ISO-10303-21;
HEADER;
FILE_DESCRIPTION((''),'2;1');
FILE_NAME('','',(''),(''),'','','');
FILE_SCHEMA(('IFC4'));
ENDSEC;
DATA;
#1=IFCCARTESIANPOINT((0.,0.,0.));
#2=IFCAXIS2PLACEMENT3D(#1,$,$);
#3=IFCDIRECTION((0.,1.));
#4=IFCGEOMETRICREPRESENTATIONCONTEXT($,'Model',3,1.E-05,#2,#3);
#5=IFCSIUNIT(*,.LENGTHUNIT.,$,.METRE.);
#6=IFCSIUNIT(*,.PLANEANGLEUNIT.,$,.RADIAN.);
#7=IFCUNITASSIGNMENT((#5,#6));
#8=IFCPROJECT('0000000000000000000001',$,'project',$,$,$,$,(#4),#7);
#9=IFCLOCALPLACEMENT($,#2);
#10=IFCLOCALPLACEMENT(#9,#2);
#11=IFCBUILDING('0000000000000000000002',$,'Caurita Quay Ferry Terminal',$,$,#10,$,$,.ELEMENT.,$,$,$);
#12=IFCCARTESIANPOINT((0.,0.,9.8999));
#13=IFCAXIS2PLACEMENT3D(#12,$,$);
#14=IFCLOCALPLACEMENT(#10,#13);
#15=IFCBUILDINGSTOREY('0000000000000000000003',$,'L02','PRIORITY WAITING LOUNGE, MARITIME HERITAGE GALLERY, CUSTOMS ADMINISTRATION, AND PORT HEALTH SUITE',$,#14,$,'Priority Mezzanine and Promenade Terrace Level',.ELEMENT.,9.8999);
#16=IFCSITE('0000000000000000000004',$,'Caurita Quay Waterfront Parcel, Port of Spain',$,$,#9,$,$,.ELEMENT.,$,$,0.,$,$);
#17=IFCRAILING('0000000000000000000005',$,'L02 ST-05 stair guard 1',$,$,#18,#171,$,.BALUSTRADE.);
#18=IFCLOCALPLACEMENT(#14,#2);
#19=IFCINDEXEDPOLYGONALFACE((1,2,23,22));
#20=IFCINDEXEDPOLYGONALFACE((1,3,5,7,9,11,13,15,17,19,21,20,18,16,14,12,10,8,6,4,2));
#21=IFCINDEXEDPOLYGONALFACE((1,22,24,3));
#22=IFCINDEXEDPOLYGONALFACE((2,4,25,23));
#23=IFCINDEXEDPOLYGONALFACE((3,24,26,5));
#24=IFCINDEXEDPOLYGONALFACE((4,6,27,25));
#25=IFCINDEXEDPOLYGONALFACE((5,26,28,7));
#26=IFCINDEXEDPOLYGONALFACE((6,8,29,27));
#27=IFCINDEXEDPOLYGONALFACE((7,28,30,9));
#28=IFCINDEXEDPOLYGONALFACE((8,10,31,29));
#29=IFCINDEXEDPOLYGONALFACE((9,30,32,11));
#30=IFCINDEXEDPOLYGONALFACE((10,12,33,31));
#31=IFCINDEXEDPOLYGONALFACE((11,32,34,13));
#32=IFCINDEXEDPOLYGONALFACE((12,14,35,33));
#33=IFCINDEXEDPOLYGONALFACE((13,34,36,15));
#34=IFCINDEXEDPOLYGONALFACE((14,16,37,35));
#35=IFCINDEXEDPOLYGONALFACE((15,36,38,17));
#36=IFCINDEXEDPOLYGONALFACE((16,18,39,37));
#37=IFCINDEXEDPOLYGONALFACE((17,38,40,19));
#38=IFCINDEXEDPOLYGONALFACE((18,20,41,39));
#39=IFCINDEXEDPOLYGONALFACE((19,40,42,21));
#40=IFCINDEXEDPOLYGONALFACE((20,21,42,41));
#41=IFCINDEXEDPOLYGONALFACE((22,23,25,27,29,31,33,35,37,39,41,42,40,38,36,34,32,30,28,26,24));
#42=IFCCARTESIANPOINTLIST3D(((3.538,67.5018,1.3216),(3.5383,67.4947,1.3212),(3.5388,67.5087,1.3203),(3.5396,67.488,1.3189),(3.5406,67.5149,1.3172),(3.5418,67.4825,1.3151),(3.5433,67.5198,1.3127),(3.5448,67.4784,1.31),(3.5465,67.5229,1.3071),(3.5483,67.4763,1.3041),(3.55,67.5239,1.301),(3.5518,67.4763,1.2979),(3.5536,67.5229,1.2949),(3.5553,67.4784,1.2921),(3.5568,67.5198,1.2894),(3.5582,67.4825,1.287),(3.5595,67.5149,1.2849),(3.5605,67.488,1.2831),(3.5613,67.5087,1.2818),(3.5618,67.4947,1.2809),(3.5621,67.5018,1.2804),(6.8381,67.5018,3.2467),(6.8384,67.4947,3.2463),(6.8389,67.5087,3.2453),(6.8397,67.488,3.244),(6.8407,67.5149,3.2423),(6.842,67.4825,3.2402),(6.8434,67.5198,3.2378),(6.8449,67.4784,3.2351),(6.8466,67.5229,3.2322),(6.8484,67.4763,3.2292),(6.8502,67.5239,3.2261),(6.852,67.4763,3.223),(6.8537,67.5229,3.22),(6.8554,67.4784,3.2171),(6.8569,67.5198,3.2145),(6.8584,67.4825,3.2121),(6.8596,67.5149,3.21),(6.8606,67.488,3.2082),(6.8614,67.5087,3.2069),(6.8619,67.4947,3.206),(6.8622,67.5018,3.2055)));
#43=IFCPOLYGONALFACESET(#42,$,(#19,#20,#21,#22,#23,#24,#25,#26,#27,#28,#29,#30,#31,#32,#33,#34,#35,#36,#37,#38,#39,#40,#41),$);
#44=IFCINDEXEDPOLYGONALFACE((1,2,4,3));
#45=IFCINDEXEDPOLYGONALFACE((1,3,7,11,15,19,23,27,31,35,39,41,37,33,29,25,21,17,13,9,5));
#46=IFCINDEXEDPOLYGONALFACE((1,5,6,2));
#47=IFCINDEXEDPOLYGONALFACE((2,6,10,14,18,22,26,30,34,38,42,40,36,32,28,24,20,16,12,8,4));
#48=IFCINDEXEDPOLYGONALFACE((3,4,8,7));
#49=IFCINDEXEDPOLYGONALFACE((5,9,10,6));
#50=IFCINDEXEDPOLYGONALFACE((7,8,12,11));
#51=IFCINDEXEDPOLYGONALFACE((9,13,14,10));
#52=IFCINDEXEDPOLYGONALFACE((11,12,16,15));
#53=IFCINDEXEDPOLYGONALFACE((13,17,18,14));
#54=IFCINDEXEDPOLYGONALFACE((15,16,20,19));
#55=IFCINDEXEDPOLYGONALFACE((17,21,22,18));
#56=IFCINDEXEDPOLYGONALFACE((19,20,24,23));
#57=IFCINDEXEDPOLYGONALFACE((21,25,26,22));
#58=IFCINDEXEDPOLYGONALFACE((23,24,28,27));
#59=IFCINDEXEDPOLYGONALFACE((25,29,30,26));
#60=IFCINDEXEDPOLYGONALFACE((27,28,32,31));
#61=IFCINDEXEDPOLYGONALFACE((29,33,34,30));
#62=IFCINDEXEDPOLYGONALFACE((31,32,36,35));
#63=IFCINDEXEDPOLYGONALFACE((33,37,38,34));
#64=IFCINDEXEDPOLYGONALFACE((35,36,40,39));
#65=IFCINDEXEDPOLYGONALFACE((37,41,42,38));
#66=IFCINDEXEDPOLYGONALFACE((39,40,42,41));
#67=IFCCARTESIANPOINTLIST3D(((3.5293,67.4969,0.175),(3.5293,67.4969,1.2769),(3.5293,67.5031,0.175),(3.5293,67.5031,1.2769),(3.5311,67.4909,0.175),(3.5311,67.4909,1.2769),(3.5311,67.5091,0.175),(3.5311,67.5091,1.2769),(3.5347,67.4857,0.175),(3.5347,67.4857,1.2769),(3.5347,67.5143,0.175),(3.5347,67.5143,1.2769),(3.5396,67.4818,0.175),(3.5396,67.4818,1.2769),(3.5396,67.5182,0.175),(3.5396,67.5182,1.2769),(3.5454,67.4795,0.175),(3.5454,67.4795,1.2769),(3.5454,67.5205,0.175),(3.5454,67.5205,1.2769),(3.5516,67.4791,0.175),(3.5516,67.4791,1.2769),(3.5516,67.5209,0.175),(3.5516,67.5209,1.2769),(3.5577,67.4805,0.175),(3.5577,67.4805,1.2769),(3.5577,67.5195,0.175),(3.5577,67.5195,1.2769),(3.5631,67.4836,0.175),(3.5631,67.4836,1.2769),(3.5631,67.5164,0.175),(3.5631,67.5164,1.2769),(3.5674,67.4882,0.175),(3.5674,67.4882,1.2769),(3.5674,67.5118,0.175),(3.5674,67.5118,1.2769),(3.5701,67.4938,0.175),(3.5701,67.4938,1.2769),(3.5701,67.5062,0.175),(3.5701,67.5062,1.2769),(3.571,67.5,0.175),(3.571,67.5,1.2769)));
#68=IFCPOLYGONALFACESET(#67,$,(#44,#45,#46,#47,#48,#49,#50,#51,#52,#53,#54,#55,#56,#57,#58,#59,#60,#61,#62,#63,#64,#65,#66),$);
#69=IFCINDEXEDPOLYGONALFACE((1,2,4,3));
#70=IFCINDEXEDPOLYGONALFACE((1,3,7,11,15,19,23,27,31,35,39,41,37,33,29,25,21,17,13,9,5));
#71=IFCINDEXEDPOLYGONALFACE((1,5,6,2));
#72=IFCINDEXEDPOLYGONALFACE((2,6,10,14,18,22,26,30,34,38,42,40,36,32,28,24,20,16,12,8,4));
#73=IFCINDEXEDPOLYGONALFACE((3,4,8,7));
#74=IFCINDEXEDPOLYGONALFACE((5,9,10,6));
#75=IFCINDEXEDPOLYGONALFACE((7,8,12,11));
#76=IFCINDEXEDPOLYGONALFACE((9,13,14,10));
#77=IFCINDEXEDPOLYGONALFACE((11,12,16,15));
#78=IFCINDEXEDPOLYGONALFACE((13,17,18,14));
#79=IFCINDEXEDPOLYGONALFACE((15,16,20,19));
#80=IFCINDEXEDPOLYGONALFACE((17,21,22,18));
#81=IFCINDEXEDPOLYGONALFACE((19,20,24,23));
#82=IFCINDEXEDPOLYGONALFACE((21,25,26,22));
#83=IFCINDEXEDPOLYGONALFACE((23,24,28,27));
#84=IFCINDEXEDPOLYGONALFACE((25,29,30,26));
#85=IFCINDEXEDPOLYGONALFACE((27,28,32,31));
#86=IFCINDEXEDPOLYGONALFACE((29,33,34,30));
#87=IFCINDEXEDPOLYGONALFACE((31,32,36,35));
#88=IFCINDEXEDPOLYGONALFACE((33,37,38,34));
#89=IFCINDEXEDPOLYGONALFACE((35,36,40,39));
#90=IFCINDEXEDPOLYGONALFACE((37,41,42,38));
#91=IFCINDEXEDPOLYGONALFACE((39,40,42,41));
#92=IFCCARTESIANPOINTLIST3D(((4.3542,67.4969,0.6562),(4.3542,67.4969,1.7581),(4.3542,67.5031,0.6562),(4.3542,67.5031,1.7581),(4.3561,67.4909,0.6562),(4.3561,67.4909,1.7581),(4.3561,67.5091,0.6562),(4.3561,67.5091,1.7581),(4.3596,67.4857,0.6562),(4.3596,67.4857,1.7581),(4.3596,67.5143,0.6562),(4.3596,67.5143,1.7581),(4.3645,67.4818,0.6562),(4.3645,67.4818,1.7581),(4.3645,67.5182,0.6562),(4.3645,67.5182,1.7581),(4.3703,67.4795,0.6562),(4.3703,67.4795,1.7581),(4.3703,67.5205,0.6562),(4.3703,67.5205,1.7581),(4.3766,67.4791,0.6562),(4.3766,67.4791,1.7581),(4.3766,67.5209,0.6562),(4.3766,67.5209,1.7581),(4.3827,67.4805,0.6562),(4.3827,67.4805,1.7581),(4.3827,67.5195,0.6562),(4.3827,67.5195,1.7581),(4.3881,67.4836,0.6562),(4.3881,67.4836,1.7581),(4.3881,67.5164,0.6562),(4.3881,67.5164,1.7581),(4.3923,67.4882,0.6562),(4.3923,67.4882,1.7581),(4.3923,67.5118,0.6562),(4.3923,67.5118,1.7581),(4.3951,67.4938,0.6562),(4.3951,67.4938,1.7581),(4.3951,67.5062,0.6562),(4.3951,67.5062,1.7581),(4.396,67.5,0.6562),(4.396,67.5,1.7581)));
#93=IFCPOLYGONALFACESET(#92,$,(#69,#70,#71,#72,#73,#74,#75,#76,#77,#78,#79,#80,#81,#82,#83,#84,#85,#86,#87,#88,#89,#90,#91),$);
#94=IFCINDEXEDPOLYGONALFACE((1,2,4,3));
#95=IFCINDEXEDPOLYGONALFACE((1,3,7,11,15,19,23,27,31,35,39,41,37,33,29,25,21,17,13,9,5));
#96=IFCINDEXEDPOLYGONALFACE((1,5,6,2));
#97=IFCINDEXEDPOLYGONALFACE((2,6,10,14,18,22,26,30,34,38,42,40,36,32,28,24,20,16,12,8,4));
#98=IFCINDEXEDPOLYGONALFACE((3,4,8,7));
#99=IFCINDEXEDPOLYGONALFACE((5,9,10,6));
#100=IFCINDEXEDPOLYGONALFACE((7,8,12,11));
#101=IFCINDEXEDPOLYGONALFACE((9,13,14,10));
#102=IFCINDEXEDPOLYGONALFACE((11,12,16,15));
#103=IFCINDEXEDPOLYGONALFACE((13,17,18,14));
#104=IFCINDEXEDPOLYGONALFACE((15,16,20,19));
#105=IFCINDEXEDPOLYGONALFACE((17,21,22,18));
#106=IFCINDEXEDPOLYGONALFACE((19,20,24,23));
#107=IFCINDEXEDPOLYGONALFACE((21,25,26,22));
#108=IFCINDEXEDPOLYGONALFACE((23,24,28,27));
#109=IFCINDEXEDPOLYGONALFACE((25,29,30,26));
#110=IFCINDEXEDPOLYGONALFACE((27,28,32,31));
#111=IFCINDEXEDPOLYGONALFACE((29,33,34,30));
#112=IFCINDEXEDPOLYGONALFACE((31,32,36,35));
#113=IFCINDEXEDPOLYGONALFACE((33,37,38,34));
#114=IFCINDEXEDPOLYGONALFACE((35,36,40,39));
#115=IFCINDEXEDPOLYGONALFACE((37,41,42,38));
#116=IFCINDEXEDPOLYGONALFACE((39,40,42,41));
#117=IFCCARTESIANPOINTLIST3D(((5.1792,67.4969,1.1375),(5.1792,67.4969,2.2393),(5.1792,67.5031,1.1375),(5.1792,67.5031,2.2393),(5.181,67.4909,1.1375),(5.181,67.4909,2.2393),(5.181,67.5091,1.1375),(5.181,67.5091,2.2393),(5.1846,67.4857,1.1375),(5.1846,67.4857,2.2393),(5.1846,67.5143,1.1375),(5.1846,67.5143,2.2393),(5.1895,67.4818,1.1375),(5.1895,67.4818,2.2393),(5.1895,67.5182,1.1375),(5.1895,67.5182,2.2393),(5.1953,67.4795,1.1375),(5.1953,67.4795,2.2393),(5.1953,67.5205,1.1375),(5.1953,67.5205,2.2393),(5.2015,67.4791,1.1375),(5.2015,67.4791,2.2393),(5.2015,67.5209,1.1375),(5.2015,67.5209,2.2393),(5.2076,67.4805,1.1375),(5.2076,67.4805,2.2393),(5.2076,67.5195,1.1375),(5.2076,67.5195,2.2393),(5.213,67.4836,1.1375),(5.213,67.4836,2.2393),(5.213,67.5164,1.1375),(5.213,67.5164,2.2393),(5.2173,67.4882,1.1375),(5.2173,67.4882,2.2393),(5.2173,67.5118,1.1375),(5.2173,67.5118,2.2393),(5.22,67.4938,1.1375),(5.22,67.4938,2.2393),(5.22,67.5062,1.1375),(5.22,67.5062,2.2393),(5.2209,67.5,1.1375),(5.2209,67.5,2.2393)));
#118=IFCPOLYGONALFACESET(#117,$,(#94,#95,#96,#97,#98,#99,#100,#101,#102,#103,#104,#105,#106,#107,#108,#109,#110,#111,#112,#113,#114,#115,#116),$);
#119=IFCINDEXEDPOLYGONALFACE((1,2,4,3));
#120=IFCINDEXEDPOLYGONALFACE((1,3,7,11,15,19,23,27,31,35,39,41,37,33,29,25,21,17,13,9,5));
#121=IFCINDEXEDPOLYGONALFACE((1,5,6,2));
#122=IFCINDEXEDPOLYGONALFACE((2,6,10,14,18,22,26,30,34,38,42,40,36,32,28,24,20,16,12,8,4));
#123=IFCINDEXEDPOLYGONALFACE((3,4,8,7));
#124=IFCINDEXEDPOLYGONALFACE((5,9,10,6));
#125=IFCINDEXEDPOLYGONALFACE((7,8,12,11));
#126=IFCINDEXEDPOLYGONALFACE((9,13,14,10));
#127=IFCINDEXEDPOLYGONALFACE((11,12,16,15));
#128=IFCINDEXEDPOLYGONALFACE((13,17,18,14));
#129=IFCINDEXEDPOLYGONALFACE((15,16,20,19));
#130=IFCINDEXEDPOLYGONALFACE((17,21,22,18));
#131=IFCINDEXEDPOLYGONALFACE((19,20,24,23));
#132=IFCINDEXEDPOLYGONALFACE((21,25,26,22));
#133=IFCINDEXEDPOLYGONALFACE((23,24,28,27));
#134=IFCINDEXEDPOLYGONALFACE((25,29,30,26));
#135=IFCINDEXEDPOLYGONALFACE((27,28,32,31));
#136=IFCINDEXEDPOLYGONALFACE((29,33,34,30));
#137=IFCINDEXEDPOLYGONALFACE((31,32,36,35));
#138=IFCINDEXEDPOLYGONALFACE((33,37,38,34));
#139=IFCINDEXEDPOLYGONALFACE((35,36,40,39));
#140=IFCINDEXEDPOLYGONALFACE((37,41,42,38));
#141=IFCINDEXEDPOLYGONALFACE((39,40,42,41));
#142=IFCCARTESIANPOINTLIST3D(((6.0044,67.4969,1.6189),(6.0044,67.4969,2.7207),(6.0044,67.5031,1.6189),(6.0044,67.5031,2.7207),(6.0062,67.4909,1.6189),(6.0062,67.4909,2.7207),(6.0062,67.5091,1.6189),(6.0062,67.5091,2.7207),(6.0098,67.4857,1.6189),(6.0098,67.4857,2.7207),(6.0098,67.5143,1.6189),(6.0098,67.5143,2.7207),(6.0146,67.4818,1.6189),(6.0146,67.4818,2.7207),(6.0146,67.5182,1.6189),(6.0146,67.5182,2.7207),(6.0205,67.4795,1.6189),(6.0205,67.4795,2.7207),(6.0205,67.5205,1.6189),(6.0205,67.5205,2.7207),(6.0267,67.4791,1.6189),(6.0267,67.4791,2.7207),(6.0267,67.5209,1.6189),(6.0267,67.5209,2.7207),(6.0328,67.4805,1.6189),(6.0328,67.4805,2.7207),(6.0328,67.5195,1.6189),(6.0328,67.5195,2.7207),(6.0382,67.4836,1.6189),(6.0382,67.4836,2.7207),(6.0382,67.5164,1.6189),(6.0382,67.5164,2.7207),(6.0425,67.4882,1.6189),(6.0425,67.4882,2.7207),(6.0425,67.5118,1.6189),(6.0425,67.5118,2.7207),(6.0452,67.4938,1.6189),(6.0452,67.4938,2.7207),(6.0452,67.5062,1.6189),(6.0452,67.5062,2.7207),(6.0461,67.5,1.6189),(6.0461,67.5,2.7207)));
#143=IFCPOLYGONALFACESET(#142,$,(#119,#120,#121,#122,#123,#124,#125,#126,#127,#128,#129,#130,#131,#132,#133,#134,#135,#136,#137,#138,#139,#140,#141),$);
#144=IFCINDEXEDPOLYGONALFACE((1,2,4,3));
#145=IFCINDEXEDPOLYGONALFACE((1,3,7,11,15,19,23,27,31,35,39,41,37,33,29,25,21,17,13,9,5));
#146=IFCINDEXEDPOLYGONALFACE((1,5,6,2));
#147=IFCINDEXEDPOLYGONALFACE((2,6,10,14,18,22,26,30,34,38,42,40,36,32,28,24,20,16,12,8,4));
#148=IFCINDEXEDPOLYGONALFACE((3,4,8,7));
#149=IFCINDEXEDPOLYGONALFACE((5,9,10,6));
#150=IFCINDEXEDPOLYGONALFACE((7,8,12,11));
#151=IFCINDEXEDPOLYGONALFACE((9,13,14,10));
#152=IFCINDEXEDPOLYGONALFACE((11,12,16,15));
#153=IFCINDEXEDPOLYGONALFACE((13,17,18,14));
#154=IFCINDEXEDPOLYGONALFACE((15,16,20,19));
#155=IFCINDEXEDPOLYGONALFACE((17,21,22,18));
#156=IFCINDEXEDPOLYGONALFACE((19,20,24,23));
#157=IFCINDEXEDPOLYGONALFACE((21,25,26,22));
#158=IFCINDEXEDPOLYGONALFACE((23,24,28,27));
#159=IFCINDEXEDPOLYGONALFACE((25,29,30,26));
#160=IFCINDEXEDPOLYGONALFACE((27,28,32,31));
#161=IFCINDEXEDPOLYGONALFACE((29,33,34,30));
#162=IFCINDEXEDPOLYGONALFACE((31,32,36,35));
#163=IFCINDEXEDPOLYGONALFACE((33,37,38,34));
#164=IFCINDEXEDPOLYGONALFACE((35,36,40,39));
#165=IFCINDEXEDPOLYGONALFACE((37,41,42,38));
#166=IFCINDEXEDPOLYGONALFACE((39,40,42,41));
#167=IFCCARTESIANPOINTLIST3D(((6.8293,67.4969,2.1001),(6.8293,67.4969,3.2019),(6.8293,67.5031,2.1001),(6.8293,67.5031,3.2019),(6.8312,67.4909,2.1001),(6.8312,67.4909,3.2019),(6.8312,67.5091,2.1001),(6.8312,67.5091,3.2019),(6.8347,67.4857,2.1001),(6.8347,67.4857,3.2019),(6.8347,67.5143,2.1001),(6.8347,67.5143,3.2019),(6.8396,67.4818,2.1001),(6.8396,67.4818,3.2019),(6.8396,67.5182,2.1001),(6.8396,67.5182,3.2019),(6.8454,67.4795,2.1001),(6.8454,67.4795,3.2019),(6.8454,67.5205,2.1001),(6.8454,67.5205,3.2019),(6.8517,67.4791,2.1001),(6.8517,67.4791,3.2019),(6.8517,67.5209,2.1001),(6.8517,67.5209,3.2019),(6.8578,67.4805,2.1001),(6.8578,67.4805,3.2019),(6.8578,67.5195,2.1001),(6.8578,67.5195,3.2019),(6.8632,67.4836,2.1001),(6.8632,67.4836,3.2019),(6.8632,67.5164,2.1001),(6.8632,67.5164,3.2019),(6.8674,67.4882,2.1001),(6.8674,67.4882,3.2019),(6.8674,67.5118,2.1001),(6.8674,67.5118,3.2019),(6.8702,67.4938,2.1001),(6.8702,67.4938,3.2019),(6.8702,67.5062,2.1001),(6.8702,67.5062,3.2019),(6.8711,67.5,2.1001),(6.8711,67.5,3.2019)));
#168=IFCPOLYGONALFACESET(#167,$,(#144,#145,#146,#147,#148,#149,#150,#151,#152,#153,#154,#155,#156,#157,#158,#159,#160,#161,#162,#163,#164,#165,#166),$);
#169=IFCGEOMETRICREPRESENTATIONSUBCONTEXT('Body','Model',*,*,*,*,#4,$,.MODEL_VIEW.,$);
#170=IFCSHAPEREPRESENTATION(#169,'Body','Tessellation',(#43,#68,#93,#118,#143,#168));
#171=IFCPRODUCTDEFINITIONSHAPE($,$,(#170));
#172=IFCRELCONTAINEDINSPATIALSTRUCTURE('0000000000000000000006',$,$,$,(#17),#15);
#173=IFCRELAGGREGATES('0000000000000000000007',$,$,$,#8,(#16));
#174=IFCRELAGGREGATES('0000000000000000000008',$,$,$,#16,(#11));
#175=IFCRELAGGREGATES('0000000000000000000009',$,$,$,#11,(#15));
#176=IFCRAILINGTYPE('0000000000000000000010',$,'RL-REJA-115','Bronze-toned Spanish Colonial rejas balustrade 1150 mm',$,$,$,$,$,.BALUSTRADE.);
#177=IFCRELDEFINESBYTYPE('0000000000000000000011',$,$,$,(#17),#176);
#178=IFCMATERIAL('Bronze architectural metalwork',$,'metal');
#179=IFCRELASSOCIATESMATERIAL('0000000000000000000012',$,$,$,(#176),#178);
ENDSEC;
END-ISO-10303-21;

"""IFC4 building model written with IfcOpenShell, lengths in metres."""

from ifc_helpers import new_model, si_unit, direction, frame, origin, origin_2d, place, context, subcontext, project, spatial, circle, extrude, material, type_object, element, save


model = new_model("IFC4")

# Units and contexts
model_context = context("Model", 3, precision=1e-05, world=origin(), true_north=direction((0.0, 1.0)))
body_context = subcontext(model_context, "Body", "Model", "MODEL_VIEW")
ifc_project = project(units=[si_unit("LENGTHUNIT", "METRE"), si_unit("PLANEANGLEUNIT", "RADIAN")], contexts=[model_context])

# Site, building, storey
site_placement = place(None, origin())
site = spatial("IfcSite", under=ifc_project, at=site_placement, Name="Caurita Quay Waterfront Parcel, Port of Spain", CompositionType="ELEMENT", RefElevation=0.0)
building_placement = place(site_placement, origin())
building = spatial("IfcBuilding", under=site, at=building_placement, Name="Caurita Quay Ferry Terminal", CompositionType="ELEMENT")
storey_placement = place(building_placement, frame((0.0, 0.0, 9.8999)))
storey = spatial("IfcBuildingStorey", under=building, at=storey_placement, Name="L02", Description="PRIORITY WAITING LOUNGE, MARITIME HERITAGE GALLERY, CUSTOMS ADMINISTRATION, AND PORT HEALTH SUITE", LongName="Priority Mezzanine and Promenade Terrace Level", CompositionType="ELEMENT", Elevation=9.8999)

# Railing
ifc_material_1 = material(Name="Bronze architectural metalwork", Category="metal")
railing_type_1 = type_object("IfcRailingType", Name="RL-REJA-115", Description="Bronze-toned Spanish Colonial rejas balustrade 1150 mm", PredefinedType="BALUSTRADE", material=ifc_material_1)
railing_1_placement = place(storey_placement, frame((3.55, 67.5, 0.175)))
element("IfcRailing", 1, at=railing_1_placement, inside=storey, type_object=railing_type_1, Name="L02 ST-05 stair guard 1", PredefinedType="BALUSTRADE", context=body_context, shape_type="SweptSolid", body=[
    extrude(circle(Radius=0.0239, at=origin_2d()), frame((0.0, 0.0, 1.126), z_axis=(0.863777, 0.0, 0.503875), x_axis=(0.0, 1.0, 0.0)), (0.0, 0.0, 1.0), 3.8206),
    extrude(circle(Radius=0.021, at=origin_2d()), origin(), (0.0, 0.0, 1.0), 1.1018),
    extrude(circle(Radius=0.021, at=origin_2d()), frame((0.825, 0.0, 0.4812)), (0.0, 0.0, 1.0), 1.1018),
    extrude(circle(Radius=0.021, at=origin_2d()), frame((1.6499, 0.0, 0.9624)), (0.0, 0.0, 1.0), 1.1018),
    extrude(circle(Radius=0.021, at=origin_2d()), frame((2.4751, 0.0, 1.4438)), (0.0, 0.0, 1.0), 1.1018),
    extrude(circle(Radius=0.021, at=origin_2d()), frame((3.3, 0.0, 1.925)), (0.0, 0.0, 1.0), 1.1018),
])

save(model, "model.ifc")
